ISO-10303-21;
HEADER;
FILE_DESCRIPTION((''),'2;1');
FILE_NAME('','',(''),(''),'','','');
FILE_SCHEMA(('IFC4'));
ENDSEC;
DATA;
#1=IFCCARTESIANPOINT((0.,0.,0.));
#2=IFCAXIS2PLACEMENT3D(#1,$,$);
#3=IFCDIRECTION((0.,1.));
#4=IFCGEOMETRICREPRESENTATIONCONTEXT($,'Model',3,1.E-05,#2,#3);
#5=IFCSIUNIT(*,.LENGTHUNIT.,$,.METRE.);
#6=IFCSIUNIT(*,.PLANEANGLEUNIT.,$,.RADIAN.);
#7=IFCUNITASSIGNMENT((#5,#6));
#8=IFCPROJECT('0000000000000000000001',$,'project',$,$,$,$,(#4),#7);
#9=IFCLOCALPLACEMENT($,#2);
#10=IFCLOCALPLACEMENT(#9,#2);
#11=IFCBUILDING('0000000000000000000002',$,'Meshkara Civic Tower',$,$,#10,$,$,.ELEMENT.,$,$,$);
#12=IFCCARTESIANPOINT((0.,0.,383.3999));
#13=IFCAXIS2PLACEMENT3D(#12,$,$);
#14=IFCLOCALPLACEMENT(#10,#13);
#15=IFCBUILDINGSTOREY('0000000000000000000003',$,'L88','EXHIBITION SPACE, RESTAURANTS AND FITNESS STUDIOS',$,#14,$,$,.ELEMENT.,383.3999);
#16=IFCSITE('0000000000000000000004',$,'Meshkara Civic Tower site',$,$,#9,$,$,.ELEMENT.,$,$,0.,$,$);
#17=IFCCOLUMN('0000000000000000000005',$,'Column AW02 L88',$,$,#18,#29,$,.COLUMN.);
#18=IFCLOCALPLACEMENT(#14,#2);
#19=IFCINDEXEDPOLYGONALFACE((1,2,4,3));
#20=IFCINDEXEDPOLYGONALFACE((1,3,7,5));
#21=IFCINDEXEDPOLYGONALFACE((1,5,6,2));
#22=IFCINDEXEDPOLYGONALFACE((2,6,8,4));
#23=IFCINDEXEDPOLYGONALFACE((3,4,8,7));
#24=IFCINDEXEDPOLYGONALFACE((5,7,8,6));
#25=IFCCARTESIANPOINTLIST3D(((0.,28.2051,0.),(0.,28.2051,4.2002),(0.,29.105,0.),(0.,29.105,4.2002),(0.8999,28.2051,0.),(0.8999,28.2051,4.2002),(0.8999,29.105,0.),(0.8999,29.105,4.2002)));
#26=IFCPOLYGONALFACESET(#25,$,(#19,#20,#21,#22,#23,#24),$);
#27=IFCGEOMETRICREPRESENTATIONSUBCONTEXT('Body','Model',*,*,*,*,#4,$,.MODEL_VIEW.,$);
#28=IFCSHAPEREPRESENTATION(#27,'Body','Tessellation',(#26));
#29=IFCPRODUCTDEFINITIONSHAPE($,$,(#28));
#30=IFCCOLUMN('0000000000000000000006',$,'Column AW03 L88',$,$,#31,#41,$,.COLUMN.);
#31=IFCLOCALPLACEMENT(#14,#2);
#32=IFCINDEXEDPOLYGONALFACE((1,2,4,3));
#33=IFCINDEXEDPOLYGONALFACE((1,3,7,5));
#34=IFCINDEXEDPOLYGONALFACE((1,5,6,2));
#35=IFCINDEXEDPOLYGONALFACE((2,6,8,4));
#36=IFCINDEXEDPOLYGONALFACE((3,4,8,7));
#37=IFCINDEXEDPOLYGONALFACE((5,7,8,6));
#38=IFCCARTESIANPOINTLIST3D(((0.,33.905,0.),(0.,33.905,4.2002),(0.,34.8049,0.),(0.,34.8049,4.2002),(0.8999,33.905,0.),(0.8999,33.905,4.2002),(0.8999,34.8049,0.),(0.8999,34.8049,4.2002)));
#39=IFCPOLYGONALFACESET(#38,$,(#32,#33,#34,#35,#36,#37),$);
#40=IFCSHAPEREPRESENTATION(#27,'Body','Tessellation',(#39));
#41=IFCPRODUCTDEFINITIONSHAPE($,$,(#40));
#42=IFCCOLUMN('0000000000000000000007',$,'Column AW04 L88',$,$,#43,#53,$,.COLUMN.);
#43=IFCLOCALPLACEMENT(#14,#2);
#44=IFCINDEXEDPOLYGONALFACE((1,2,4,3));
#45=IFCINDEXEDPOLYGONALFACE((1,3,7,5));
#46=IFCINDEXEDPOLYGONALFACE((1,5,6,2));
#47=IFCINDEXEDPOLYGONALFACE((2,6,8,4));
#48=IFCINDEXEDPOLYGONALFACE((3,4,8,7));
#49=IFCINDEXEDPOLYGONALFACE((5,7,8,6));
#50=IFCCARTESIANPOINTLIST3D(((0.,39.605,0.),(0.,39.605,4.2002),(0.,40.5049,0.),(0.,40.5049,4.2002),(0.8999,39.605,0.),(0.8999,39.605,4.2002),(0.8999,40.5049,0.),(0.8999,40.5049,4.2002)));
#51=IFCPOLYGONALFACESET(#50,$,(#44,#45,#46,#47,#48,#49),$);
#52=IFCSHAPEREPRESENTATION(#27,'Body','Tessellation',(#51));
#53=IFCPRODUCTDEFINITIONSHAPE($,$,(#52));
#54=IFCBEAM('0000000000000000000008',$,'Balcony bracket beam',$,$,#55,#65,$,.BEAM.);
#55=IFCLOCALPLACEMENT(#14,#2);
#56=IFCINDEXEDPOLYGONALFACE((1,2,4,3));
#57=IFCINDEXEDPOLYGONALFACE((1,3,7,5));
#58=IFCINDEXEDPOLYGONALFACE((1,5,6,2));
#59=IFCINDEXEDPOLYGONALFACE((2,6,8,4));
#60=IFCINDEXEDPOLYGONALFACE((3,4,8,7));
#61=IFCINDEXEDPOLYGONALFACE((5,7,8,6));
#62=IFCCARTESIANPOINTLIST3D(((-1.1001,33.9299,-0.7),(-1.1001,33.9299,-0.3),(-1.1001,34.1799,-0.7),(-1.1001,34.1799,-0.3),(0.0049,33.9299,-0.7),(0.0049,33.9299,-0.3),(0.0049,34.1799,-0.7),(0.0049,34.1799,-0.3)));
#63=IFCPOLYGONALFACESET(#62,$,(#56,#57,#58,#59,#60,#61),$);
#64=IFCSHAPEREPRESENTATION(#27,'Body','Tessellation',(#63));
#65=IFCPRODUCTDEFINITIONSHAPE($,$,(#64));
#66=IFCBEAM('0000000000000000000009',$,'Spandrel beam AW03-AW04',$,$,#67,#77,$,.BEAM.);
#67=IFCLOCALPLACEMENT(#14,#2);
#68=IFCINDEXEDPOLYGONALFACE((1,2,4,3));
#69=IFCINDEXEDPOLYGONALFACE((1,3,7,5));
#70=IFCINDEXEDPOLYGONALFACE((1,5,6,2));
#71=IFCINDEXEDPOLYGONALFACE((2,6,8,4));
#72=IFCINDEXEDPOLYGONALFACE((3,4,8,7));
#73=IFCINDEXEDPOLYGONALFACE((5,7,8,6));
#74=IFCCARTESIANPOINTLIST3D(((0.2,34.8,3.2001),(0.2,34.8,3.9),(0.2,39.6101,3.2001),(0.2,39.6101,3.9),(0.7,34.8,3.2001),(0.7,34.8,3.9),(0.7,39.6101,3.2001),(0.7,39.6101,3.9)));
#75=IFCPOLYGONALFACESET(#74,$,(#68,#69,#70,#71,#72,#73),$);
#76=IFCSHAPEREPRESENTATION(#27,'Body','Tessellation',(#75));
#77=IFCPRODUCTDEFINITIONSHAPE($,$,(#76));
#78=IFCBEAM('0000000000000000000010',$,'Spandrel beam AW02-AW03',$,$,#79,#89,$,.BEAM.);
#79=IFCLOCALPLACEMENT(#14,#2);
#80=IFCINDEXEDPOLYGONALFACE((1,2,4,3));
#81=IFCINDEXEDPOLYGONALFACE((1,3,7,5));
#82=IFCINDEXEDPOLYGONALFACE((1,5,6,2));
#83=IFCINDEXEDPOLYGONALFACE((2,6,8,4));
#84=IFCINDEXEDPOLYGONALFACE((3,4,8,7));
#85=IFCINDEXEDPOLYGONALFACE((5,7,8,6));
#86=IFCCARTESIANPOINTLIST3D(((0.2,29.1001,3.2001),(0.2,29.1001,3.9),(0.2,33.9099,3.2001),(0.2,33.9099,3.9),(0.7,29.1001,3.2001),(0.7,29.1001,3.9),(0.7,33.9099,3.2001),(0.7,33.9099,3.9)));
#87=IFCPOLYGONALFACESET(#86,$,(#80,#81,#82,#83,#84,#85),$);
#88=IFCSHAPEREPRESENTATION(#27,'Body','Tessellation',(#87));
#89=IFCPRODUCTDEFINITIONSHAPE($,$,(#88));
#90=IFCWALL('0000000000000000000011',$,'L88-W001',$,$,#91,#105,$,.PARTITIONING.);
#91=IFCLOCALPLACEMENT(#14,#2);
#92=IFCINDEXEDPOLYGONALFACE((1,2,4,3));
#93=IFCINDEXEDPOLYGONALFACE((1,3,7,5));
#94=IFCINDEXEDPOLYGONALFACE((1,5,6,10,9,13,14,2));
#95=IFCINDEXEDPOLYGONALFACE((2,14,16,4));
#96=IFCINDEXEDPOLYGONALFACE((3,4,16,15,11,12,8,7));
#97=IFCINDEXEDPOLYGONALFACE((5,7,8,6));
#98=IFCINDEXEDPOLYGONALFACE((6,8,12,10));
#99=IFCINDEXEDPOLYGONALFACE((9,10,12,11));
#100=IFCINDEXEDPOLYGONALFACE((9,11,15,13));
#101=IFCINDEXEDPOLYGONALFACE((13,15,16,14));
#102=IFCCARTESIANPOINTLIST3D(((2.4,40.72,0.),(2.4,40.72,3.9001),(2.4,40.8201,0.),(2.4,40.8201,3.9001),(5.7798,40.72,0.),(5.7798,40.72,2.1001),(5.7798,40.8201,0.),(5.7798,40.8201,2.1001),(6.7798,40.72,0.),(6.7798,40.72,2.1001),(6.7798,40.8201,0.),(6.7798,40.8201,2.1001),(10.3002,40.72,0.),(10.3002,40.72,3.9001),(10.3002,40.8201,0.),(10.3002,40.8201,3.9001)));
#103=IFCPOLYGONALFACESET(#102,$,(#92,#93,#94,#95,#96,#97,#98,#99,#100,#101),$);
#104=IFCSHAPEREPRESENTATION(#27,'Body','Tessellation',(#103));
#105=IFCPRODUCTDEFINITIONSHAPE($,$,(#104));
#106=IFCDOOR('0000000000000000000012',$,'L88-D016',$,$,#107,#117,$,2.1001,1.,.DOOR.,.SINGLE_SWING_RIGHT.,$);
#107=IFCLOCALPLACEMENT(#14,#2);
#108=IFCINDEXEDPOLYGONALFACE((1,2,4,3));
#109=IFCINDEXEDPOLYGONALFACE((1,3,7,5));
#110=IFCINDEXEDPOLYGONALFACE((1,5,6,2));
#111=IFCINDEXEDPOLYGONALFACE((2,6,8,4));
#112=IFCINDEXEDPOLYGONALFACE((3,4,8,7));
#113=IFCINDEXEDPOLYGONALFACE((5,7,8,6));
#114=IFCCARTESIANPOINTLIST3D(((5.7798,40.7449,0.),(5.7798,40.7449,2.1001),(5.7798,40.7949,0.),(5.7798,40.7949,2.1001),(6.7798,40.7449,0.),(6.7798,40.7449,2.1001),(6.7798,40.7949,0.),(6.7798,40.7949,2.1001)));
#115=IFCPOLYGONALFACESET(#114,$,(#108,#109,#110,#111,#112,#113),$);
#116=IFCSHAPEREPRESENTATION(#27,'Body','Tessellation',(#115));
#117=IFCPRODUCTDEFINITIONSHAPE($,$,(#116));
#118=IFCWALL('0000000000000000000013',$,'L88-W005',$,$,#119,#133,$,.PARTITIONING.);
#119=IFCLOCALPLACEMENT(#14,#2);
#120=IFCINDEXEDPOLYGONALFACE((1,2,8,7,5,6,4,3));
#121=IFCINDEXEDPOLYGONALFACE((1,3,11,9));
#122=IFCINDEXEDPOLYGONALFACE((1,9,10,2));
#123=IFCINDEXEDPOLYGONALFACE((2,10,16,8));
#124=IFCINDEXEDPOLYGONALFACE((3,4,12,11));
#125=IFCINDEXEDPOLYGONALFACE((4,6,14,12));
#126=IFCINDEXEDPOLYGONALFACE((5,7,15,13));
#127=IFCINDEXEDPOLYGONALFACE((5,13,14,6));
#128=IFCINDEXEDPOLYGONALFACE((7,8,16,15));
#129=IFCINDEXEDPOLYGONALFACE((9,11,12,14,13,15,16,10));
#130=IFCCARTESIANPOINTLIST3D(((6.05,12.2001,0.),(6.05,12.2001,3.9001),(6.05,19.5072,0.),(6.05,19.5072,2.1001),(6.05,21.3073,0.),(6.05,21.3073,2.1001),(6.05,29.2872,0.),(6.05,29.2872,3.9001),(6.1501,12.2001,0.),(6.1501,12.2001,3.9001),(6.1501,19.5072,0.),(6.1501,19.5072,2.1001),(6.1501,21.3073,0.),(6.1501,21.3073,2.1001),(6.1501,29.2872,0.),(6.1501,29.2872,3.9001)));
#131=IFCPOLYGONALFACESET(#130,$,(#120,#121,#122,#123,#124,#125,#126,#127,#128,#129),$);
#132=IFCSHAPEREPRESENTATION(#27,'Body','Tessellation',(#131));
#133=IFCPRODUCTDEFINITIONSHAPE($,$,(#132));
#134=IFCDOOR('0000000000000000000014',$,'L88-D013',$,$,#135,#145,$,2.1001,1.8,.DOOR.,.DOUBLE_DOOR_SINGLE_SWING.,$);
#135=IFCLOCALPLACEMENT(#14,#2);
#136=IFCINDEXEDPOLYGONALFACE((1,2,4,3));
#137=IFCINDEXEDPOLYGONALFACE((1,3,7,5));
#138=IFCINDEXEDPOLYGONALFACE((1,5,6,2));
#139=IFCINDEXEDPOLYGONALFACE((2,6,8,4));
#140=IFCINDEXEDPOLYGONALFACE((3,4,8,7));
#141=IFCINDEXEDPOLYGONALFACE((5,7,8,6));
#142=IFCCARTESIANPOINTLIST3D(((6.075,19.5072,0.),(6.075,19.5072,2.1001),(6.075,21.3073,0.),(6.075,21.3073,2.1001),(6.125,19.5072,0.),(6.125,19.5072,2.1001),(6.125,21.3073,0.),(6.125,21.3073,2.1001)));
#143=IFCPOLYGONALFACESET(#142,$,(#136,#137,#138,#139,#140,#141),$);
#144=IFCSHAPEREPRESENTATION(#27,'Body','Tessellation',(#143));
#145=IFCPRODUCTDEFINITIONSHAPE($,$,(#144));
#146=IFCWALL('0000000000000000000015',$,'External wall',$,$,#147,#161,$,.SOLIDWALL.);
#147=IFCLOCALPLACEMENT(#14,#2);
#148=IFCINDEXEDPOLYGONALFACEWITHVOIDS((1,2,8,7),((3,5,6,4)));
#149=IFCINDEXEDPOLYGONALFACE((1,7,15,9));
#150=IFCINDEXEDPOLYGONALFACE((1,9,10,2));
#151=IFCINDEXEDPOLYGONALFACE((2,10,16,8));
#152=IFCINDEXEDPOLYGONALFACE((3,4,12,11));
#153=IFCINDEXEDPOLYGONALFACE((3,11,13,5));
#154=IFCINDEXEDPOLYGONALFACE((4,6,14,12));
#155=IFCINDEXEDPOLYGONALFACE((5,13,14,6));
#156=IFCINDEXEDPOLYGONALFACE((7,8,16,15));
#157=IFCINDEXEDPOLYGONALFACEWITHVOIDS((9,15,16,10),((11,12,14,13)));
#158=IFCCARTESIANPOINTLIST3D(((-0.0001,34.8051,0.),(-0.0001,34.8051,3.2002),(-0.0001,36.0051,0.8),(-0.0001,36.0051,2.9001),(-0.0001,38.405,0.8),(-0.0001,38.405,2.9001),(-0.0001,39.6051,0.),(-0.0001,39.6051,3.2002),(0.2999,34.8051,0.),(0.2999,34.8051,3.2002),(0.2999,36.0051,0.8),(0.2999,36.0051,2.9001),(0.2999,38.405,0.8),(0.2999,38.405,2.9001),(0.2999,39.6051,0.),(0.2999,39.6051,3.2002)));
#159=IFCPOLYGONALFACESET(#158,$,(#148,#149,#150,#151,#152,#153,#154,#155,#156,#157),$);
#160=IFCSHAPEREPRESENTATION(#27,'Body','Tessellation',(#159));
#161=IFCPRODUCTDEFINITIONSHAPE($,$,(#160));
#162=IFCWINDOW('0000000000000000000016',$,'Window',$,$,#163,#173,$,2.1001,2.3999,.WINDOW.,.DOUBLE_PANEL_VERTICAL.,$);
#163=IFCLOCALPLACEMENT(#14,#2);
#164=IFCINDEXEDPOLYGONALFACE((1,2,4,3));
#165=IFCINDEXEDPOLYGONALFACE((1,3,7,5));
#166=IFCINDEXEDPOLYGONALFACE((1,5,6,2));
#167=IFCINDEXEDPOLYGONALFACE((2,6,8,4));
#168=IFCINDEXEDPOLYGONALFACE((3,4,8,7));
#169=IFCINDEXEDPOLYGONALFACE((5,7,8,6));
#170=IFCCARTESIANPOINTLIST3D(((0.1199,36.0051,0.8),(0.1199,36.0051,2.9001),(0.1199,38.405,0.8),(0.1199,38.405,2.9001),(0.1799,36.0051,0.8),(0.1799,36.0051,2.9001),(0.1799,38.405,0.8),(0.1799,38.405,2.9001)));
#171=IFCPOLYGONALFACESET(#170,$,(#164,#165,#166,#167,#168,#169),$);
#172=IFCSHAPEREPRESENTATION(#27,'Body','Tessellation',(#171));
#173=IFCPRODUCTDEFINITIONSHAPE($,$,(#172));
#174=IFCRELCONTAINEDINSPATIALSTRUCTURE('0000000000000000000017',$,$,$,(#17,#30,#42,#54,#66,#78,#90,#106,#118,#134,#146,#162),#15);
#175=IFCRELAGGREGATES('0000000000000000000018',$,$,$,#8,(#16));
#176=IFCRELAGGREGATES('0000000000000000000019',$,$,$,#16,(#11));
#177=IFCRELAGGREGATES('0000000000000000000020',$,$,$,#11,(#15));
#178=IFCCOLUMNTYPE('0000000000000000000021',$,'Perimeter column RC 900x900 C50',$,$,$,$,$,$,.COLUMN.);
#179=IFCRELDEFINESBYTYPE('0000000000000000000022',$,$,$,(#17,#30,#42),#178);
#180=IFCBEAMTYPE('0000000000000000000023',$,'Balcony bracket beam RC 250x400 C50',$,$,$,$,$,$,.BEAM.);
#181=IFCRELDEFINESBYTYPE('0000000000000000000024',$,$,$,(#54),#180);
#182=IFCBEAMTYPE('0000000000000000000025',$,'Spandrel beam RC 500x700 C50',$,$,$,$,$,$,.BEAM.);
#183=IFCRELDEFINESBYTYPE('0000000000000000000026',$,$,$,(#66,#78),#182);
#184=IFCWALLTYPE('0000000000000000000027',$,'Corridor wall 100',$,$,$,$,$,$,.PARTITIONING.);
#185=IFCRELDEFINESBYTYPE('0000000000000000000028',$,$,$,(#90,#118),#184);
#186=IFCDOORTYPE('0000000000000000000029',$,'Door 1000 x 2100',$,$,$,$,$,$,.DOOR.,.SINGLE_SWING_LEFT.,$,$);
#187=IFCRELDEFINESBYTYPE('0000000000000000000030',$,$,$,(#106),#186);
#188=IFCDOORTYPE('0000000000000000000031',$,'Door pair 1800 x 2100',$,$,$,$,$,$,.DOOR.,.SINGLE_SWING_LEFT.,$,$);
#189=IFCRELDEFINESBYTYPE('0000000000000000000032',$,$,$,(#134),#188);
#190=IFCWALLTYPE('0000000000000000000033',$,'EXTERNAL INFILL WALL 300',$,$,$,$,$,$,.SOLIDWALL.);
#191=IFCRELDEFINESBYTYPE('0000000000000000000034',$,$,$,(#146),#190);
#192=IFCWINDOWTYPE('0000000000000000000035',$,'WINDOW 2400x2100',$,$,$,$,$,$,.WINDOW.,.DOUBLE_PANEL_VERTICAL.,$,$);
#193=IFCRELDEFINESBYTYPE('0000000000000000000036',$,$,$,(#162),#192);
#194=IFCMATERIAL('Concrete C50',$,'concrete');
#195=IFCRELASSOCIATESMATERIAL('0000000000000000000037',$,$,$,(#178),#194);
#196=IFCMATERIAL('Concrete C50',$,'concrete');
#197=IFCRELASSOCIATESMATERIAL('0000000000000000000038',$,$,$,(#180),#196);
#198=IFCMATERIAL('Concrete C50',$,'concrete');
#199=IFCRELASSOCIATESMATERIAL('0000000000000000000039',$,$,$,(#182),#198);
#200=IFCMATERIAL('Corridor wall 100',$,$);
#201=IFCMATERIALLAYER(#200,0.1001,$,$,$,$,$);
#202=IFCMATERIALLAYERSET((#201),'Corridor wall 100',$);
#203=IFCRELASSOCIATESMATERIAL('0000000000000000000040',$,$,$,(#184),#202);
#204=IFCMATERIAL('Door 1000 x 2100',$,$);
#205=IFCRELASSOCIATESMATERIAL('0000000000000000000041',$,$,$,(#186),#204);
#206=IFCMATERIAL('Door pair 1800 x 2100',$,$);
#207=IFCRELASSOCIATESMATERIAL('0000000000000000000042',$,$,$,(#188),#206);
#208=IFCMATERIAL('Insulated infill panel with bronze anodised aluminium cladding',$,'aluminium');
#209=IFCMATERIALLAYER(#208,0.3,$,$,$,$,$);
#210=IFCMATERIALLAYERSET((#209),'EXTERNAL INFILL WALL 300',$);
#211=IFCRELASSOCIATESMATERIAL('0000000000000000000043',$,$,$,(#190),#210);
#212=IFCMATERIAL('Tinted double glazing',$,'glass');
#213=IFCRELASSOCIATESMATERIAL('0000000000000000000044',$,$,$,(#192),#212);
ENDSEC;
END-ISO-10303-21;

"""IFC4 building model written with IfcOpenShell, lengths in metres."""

from ifc_helpers import new_model, si_unit, direction, frame, frame_2d, origin, origin_2d, place, context, subcontext, project, spatial, rectangle, extrude, material, layer, layer_set, material_profile, profile_set, type_object, element, fill, save


model = new_model("IFC4")

# Units and contexts
model_context = context("Model", 3, precision=1e-05, world=origin(), true_north=direction((0.0, 1.0)))
body_context = subcontext(model_context, "Body", "Model", "MODEL_VIEW")
ifc_project = project(units=[si_unit("LENGTHUNIT", "METRE"), si_unit("PLANEANGLEUNIT", "RADIAN")], contexts=[model_context])

# Site, building, storey
site_placement = place(None, origin())
site = spatial("IfcSite", under=ifc_project, at=site_placement, Name="Meshkara Civic Tower site", CompositionType="ELEMENT", RefElevation=0.0)
building_placement = place(site_placement, origin())
building = spatial("IfcBuilding", under=site, at=building_placement, Name="Meshkara Civic Tower", CompositionType="ELEMENT")
storey_placement = place(building_placement, frame((0.0, 0.0, 383.3999)))
storey = spatial("IfcBuildingStorey", under=building, at=storey_placement, Name="L88", Description="EXHIBITION SPACE, RESTAURANTS AND FITNESS STUDIOS", CompositionType="ELEMENT", Elevation=383.3999)

# Columns
ifc_material_1 = material(Name="Concrete C50", Category="concrete")
ifc_material_profile_1 = material_profile(ifc_material_1, rectangle(XDim=0.8999, YDim=0.8999, at=origin_2d()))
ifc_profile_set_1 = profile_set([ifc_material_profile_1], Name="Concrete C50")
column_type = type_object("IfcColumnType", Name="Perimeter column RC 900x900 C50", PredefinedType="COLUMN", material=ifc_profile_set_1)
for number, where, z_axis, x_axis, name in (
    (1, (0.45, 28.655, 0.0), (0.0, 0.0, 1.0), (1.0, 0.0, 0.0), "Column AW02 L88"),
    (2, (0.45, 34.355, 0.0), (0.0, 0.0, 1.0), (1.0, 0.0, 0.0), "Column AW03 L88"),
    (3, (0.45, 40.0549, 0.0), (0.0, 0.0, 1.0), (1.0, 0.0, 0.0), "Column AW04 L88"),
):
    element("IfcColumn", number, at=place(storey_placement, frame(where, z_axis=z_axis, x_axis=x_axis)), inside=storey, type_object=column_type, Name=name, PredefinedType="COLUMN", context=body_context, shape_type="SweptSolid", body=[
        extrude(rectangle(XDim=0.8999, YDim=0.8999, at=origin_2d()), origin(), (0.0, 0.0, 1.0), 4.2002),
    ])

# Beams
ifc_material_2 = material(Name="Concrete C50", Category="concrete")
ifc_material_profile_2 = material_profile(ifc_material_2, rectangle(XDim=0.25, YDim=0.3999, at=origin_2d()))
ifc_profile_set_2 = profile_set([ifc_material_profile_2], Name="Concrete C50")
beam_type_1 = type_object("IfcBeamType", Name="Balcony bracket beam RC 250x400 C50", PredefinedType="BEAM", material=ifc_profile_set_2)
beam_1_placement = place(storey_placement, frame((0.0049, 34.0549, -0.5), z_axis=(-1.0, 0.0, 0.0), x_axis=(0.0, -1.0, 0.0)))
element("IfcBeam", 4, at=beam_1_placement, inside=storey, type_object=beam_type_1, Name="Balcony bracket beam", PredefinedType="BEAM", context=body_context, shape_type="SweptSolid", body=[
    extrude(rectangle(XDim=0.25, YDim=0.3999, at=origin_2d()), origin(), (0.0, 0.0, 1.0), 1.105),
])
ifc_material_3 = material(Name="Concrete C50", Category="concrete")
ifc_material_profile_3 = material_profile(ifc_material_3, rectangle(XDim=0.5, YDim=0.7, at=origin_2d()))
ifc_profile_set_3 = profile_set([ifc_material_profile_3], Name="Concrete C50")
beam_type_2 = type_object("IfcBeamType", Name="Spandrel beam RC 500x700 C50", PredefinedType="BEAM", material=ifc_profile_set_3)
beam_2_placement = place(storey_placement, frame((0.45, 39.6101, 3.55), z_axis=(0.0, -1.0, 0.0), x_axis=(1.0, 0.0, 0.0)))
element("IfcBeam", 5, at=beam_2_placement, inside=storey, type_object=beam_type_2, Name="Spandrel beam AW03-AW04", PredefinedType="BEAM", context=body_context, shape_type="SweptSolid", body=[
    extrude(rectangle(XDim=0.5, YDim=0.7, at=origin_2d()), origin(), (0.0, 0.0, 1.0), 4.8101),
])
beam_3_placement = place(storey_placement, frame((0.45, 33.9099, 3.55), z_axis=(0.0, -1.0, 0.0), x_axis=(1.0, 0.0, 0.0)))
element("IfcBeam", 6, at=beam_3_placement, inside=storey, type_object=beam_type_2, Name="Spandrel beam AW02-AW03", PredefinedType="BEAM", context=body_context, shape_type="SweptSolid", body=[
    extrude(rectangle(XDim=0.5, YDim=0.7, at=origin_2d()), origin(), (0.0, 0.0, 1.0), 4.8098),
])

# Walls, openings, doors
ifc_material_4 = material(Name="Corridor wall 100")
ifc_layer_1 = layer(ifc_material_4, 0.1001)
ifc_layer_set_1 = layer_set([ifc_layer_1], Name="Corridor wall 100")
wall_type_1 = type_object("IfcWallType", Name="Corridor wall 100", PredefinedType="PARTITIONING", material=ifc_layer_set_1)
wall_1_placement = place(storey_placement, frame((2.3999, 40.77, 0.0), z_axis=(0.0, 0.0, 1.0), x_axis=(1.0, 0.0, 0.0)))
wall_1 = element("IfcWall", 7, at=wall_1_placement, inside=storey, type_object=wall_type_1, Name="L88-W001", PredefinedType="PARTITIONING", context=body_context, shape_type="SweptSolid", body=[
    extrude(rectangle(XDim=7.9001, YDim=0.1001, at=frame_2d((3.9502, 0.0))), origin(), (0.0, 0.0, 1.0), 3.9001),
])
opening_1_placement = place(wall_1_placement, frame((3.3799, 0.0, 0.0)))
opening_1 = element("IfcOpeningElement", 8, at=opening_1_placement, cuts=wall_1, PredefinedType="OPENING", context=body_context, shape_type="SweptSolid", body=[
    extrude(rectangle(XDim=1.0, YDim=2.1001, at=frame_2d((0.5, 1.05))), frame((0.0, 0.0601, 0.0), z_axis=(0.0, -1.0, 0.0), x_axis=(1.0, 0.0, 0.0)), (0.0, 0.0, 1.0), 0.1201),
])
ifc_material_5 = material(Name="Door 1000 x 2100")
door_type_1 = type_object("IfcDoorType", Name="Door 1000 x 2100", OperationType="SINGLE_SWING_LEFT", PredefinedType="DOOR", material=ifc_material_5)
door_1_placement = place(opening_1_placement, origin())
door_1 = element("IfcDoor", 9, at=door_1_placement, inside=storey, type_object=door_type_1, Name="L88-D016", OperationType="SINGLE_SWING_RIGHT", OverallHeight=2.1001, OverallWidth=1.0, PredefinedType="DOOR", context=body_context, shape_type="SweptSolid", body=[
    extrude(rectangle(XDim=1.0, YDim=2.1001, at=frame_2d((0.5, 1.05))), frame((0.0, 0.0249, 0.0), z_axis=(0.0, -1.0, 0.0), x_axis=(1.0, 0.0, 0.0)), (0.0, 0.0, 1.0), 0.05),
])
fill(opening_1, door_1)
wall_2_placement = place(storey_placement, frame((6.1001, 29.2871, 0.0), z_axis=(0.0, 0.0, 1.0), x_axis=(0.0, -1.0, 0.0)))
wall_2 = element("IfcWall", 10, at=wall_2_placement, inside=storey, type_object=wall_type_1, Name="L88-W005", PredefinedType="PARTITIONING", context=body_context, shape_type="SweptSolid", body=[
    extrude(rectangle(XDim=17.0872, YDim=0.1001, at=frame_2d((8.5435, 0.0))), origin(), (0.0, 0.0, 1.0), 3.9001),
])
opening_2_placement = place(wall_2_placement, frame((7.98, 0.0, 0.0)))
opening_2 = element("IfcOpeningElement", 11, at=opening_2_placement, cuts=wall_2, PredefinedType="OPENING", context=body_context, shape_type="SweptSolid", body=[
    extrude(rectangle(XDim=1.8, YDim=2.1001, at=frame_2d((0.8999, 1.05))), frame((0.0, 0.0601, 0.0), z_axis=(0.0, -1.0, 0.0), x_axis=(1.0, 0.0, 0.0)), (0.0, 0.0, 1.0), 0.1201),
])
ifc_material_6 = material(Name="Door pair 1800 x 2100")
door_type_2 = type_object("IfcDoorType", Name="Door pair 1800 x 2100", OperationType="SINGLE_SWING_LEFT", PredefinedType="DOOR", material=ifc_material_6)
door_2_placement = place(opening_2_placement, origin())
door_2 = element("IfcDoor", 12, at=door_2_placement, inside=storey, type_object=door_type_2, Name="L88-D013", OperationType="DOUBLE_DOOR_SINGLE_SWING", OverallHeight=2.1001, OverallWidth=1.8, PredefinedType="DOOR", context=body_context, shape_type="SweptSolid", body=[
    extrude(rectangle(XDim=1.8, YDim=2.1001, at=frame_2d((0.8999, 1.05))), frame((0.0, 0.0249, 0.0), z_axis=(0.0, -1.0, 0.0), x_axis=(1.0, 0.0, 0.0)), (0.0, 0.0, 1.0), 0.05),
])
fill(opening_2, door_2)

# Wall, opening, window
ifc_material_7 = material(Name="Insulated infill panel with bronze anodised aluminium cladding", Category="aluminium")
ifc_layer_2 = layer(ifc_material_7, 0.3)
ifc_layer_set_2 = layer_set([ifc_layer_2], Name="EXTERNAL INFILL WALL 300")
wall_type_2 = type_object("IfcWallType", Name="EXTERNAL INFILL WALL 300", PredefinedType="SOLIDWALL", material=ifc_layer_set_2)
wall_3_placement = place(storey_placement, frame((0.1499, 39.605, 0.0), z_axis=(0.0, 0.0, 1.0), x_axis=(0.0, -1.0, 0.0)))
wall_3 = element("IfcWall", 13, at=wall_3_placement, inside=storey, type_object=wall_type_2, Name="External wall", PredefinedType="SOLIDWALL", context=body_context, shape_type="SweptSolid", body=[
    extrude(rectangle(XDim=4.8, YDim=0.3, at=frame_2d((2.3999, 0.0))), origin(), (0.0, 0.0, 1.0), 3.2002),
])
opening_3_placement = place(wall_3_placement, frame((1.2, 0.0, 0.8)))
opening_3 = element("IfcOpeningElement", 14, at=opening_3_placement, cuts=wall_3, PredefinedType="OPENING", context=body_context, shape_type="SweptSolid", body=[
    extrude(rectangle(XDim=2.3999, YDim=2.1001, at=frame_2d((1.2, 1.05))), frame((0.0, 0.1599, 0.0), z_axis=(0.0, -1.0, 0.0), x_axis=(1.0, 0.0, 0.0)), (0.0, 0.0, 1.0), 0.3201),
])
ifc_material_8 = material(Name="Tinted double glazing", Category="glass")
window_type = type_object("IfcWindowType", Name="WINDOW 2400x2100", PartitioningType="DOUBLE_PANEL_VERTICAL", PredefinedType="WINDOW", material=ifc_material_8)
window_placement = place(opening_3_placement, origin())
window = element("IfcWindow", 15, at=window_placement, inside=storey, type_object=window_type, Name="Window", OverallHeight=2.1001, OverallWidth=2.3999, PartitioningType="DOUBLE_PANEL_VERTICAL", PredefinedType="WINDOW", context=body_context, shape_type="SweptSolid", body=[
    extrude(rectangle(XDim=2.3999, YDim=2.1001, at=frame_2d((1.2, 1.05))), frame((0.0, 0.03, 0.0), z_axis=(0.0, -1.0, 0.0), x_axis=(1.0, 0.0, 0.0)), (0.0, 0.0, 1.0), 0.0601),
])
fill(opening_3, window)

save(model, "model.ifc")
